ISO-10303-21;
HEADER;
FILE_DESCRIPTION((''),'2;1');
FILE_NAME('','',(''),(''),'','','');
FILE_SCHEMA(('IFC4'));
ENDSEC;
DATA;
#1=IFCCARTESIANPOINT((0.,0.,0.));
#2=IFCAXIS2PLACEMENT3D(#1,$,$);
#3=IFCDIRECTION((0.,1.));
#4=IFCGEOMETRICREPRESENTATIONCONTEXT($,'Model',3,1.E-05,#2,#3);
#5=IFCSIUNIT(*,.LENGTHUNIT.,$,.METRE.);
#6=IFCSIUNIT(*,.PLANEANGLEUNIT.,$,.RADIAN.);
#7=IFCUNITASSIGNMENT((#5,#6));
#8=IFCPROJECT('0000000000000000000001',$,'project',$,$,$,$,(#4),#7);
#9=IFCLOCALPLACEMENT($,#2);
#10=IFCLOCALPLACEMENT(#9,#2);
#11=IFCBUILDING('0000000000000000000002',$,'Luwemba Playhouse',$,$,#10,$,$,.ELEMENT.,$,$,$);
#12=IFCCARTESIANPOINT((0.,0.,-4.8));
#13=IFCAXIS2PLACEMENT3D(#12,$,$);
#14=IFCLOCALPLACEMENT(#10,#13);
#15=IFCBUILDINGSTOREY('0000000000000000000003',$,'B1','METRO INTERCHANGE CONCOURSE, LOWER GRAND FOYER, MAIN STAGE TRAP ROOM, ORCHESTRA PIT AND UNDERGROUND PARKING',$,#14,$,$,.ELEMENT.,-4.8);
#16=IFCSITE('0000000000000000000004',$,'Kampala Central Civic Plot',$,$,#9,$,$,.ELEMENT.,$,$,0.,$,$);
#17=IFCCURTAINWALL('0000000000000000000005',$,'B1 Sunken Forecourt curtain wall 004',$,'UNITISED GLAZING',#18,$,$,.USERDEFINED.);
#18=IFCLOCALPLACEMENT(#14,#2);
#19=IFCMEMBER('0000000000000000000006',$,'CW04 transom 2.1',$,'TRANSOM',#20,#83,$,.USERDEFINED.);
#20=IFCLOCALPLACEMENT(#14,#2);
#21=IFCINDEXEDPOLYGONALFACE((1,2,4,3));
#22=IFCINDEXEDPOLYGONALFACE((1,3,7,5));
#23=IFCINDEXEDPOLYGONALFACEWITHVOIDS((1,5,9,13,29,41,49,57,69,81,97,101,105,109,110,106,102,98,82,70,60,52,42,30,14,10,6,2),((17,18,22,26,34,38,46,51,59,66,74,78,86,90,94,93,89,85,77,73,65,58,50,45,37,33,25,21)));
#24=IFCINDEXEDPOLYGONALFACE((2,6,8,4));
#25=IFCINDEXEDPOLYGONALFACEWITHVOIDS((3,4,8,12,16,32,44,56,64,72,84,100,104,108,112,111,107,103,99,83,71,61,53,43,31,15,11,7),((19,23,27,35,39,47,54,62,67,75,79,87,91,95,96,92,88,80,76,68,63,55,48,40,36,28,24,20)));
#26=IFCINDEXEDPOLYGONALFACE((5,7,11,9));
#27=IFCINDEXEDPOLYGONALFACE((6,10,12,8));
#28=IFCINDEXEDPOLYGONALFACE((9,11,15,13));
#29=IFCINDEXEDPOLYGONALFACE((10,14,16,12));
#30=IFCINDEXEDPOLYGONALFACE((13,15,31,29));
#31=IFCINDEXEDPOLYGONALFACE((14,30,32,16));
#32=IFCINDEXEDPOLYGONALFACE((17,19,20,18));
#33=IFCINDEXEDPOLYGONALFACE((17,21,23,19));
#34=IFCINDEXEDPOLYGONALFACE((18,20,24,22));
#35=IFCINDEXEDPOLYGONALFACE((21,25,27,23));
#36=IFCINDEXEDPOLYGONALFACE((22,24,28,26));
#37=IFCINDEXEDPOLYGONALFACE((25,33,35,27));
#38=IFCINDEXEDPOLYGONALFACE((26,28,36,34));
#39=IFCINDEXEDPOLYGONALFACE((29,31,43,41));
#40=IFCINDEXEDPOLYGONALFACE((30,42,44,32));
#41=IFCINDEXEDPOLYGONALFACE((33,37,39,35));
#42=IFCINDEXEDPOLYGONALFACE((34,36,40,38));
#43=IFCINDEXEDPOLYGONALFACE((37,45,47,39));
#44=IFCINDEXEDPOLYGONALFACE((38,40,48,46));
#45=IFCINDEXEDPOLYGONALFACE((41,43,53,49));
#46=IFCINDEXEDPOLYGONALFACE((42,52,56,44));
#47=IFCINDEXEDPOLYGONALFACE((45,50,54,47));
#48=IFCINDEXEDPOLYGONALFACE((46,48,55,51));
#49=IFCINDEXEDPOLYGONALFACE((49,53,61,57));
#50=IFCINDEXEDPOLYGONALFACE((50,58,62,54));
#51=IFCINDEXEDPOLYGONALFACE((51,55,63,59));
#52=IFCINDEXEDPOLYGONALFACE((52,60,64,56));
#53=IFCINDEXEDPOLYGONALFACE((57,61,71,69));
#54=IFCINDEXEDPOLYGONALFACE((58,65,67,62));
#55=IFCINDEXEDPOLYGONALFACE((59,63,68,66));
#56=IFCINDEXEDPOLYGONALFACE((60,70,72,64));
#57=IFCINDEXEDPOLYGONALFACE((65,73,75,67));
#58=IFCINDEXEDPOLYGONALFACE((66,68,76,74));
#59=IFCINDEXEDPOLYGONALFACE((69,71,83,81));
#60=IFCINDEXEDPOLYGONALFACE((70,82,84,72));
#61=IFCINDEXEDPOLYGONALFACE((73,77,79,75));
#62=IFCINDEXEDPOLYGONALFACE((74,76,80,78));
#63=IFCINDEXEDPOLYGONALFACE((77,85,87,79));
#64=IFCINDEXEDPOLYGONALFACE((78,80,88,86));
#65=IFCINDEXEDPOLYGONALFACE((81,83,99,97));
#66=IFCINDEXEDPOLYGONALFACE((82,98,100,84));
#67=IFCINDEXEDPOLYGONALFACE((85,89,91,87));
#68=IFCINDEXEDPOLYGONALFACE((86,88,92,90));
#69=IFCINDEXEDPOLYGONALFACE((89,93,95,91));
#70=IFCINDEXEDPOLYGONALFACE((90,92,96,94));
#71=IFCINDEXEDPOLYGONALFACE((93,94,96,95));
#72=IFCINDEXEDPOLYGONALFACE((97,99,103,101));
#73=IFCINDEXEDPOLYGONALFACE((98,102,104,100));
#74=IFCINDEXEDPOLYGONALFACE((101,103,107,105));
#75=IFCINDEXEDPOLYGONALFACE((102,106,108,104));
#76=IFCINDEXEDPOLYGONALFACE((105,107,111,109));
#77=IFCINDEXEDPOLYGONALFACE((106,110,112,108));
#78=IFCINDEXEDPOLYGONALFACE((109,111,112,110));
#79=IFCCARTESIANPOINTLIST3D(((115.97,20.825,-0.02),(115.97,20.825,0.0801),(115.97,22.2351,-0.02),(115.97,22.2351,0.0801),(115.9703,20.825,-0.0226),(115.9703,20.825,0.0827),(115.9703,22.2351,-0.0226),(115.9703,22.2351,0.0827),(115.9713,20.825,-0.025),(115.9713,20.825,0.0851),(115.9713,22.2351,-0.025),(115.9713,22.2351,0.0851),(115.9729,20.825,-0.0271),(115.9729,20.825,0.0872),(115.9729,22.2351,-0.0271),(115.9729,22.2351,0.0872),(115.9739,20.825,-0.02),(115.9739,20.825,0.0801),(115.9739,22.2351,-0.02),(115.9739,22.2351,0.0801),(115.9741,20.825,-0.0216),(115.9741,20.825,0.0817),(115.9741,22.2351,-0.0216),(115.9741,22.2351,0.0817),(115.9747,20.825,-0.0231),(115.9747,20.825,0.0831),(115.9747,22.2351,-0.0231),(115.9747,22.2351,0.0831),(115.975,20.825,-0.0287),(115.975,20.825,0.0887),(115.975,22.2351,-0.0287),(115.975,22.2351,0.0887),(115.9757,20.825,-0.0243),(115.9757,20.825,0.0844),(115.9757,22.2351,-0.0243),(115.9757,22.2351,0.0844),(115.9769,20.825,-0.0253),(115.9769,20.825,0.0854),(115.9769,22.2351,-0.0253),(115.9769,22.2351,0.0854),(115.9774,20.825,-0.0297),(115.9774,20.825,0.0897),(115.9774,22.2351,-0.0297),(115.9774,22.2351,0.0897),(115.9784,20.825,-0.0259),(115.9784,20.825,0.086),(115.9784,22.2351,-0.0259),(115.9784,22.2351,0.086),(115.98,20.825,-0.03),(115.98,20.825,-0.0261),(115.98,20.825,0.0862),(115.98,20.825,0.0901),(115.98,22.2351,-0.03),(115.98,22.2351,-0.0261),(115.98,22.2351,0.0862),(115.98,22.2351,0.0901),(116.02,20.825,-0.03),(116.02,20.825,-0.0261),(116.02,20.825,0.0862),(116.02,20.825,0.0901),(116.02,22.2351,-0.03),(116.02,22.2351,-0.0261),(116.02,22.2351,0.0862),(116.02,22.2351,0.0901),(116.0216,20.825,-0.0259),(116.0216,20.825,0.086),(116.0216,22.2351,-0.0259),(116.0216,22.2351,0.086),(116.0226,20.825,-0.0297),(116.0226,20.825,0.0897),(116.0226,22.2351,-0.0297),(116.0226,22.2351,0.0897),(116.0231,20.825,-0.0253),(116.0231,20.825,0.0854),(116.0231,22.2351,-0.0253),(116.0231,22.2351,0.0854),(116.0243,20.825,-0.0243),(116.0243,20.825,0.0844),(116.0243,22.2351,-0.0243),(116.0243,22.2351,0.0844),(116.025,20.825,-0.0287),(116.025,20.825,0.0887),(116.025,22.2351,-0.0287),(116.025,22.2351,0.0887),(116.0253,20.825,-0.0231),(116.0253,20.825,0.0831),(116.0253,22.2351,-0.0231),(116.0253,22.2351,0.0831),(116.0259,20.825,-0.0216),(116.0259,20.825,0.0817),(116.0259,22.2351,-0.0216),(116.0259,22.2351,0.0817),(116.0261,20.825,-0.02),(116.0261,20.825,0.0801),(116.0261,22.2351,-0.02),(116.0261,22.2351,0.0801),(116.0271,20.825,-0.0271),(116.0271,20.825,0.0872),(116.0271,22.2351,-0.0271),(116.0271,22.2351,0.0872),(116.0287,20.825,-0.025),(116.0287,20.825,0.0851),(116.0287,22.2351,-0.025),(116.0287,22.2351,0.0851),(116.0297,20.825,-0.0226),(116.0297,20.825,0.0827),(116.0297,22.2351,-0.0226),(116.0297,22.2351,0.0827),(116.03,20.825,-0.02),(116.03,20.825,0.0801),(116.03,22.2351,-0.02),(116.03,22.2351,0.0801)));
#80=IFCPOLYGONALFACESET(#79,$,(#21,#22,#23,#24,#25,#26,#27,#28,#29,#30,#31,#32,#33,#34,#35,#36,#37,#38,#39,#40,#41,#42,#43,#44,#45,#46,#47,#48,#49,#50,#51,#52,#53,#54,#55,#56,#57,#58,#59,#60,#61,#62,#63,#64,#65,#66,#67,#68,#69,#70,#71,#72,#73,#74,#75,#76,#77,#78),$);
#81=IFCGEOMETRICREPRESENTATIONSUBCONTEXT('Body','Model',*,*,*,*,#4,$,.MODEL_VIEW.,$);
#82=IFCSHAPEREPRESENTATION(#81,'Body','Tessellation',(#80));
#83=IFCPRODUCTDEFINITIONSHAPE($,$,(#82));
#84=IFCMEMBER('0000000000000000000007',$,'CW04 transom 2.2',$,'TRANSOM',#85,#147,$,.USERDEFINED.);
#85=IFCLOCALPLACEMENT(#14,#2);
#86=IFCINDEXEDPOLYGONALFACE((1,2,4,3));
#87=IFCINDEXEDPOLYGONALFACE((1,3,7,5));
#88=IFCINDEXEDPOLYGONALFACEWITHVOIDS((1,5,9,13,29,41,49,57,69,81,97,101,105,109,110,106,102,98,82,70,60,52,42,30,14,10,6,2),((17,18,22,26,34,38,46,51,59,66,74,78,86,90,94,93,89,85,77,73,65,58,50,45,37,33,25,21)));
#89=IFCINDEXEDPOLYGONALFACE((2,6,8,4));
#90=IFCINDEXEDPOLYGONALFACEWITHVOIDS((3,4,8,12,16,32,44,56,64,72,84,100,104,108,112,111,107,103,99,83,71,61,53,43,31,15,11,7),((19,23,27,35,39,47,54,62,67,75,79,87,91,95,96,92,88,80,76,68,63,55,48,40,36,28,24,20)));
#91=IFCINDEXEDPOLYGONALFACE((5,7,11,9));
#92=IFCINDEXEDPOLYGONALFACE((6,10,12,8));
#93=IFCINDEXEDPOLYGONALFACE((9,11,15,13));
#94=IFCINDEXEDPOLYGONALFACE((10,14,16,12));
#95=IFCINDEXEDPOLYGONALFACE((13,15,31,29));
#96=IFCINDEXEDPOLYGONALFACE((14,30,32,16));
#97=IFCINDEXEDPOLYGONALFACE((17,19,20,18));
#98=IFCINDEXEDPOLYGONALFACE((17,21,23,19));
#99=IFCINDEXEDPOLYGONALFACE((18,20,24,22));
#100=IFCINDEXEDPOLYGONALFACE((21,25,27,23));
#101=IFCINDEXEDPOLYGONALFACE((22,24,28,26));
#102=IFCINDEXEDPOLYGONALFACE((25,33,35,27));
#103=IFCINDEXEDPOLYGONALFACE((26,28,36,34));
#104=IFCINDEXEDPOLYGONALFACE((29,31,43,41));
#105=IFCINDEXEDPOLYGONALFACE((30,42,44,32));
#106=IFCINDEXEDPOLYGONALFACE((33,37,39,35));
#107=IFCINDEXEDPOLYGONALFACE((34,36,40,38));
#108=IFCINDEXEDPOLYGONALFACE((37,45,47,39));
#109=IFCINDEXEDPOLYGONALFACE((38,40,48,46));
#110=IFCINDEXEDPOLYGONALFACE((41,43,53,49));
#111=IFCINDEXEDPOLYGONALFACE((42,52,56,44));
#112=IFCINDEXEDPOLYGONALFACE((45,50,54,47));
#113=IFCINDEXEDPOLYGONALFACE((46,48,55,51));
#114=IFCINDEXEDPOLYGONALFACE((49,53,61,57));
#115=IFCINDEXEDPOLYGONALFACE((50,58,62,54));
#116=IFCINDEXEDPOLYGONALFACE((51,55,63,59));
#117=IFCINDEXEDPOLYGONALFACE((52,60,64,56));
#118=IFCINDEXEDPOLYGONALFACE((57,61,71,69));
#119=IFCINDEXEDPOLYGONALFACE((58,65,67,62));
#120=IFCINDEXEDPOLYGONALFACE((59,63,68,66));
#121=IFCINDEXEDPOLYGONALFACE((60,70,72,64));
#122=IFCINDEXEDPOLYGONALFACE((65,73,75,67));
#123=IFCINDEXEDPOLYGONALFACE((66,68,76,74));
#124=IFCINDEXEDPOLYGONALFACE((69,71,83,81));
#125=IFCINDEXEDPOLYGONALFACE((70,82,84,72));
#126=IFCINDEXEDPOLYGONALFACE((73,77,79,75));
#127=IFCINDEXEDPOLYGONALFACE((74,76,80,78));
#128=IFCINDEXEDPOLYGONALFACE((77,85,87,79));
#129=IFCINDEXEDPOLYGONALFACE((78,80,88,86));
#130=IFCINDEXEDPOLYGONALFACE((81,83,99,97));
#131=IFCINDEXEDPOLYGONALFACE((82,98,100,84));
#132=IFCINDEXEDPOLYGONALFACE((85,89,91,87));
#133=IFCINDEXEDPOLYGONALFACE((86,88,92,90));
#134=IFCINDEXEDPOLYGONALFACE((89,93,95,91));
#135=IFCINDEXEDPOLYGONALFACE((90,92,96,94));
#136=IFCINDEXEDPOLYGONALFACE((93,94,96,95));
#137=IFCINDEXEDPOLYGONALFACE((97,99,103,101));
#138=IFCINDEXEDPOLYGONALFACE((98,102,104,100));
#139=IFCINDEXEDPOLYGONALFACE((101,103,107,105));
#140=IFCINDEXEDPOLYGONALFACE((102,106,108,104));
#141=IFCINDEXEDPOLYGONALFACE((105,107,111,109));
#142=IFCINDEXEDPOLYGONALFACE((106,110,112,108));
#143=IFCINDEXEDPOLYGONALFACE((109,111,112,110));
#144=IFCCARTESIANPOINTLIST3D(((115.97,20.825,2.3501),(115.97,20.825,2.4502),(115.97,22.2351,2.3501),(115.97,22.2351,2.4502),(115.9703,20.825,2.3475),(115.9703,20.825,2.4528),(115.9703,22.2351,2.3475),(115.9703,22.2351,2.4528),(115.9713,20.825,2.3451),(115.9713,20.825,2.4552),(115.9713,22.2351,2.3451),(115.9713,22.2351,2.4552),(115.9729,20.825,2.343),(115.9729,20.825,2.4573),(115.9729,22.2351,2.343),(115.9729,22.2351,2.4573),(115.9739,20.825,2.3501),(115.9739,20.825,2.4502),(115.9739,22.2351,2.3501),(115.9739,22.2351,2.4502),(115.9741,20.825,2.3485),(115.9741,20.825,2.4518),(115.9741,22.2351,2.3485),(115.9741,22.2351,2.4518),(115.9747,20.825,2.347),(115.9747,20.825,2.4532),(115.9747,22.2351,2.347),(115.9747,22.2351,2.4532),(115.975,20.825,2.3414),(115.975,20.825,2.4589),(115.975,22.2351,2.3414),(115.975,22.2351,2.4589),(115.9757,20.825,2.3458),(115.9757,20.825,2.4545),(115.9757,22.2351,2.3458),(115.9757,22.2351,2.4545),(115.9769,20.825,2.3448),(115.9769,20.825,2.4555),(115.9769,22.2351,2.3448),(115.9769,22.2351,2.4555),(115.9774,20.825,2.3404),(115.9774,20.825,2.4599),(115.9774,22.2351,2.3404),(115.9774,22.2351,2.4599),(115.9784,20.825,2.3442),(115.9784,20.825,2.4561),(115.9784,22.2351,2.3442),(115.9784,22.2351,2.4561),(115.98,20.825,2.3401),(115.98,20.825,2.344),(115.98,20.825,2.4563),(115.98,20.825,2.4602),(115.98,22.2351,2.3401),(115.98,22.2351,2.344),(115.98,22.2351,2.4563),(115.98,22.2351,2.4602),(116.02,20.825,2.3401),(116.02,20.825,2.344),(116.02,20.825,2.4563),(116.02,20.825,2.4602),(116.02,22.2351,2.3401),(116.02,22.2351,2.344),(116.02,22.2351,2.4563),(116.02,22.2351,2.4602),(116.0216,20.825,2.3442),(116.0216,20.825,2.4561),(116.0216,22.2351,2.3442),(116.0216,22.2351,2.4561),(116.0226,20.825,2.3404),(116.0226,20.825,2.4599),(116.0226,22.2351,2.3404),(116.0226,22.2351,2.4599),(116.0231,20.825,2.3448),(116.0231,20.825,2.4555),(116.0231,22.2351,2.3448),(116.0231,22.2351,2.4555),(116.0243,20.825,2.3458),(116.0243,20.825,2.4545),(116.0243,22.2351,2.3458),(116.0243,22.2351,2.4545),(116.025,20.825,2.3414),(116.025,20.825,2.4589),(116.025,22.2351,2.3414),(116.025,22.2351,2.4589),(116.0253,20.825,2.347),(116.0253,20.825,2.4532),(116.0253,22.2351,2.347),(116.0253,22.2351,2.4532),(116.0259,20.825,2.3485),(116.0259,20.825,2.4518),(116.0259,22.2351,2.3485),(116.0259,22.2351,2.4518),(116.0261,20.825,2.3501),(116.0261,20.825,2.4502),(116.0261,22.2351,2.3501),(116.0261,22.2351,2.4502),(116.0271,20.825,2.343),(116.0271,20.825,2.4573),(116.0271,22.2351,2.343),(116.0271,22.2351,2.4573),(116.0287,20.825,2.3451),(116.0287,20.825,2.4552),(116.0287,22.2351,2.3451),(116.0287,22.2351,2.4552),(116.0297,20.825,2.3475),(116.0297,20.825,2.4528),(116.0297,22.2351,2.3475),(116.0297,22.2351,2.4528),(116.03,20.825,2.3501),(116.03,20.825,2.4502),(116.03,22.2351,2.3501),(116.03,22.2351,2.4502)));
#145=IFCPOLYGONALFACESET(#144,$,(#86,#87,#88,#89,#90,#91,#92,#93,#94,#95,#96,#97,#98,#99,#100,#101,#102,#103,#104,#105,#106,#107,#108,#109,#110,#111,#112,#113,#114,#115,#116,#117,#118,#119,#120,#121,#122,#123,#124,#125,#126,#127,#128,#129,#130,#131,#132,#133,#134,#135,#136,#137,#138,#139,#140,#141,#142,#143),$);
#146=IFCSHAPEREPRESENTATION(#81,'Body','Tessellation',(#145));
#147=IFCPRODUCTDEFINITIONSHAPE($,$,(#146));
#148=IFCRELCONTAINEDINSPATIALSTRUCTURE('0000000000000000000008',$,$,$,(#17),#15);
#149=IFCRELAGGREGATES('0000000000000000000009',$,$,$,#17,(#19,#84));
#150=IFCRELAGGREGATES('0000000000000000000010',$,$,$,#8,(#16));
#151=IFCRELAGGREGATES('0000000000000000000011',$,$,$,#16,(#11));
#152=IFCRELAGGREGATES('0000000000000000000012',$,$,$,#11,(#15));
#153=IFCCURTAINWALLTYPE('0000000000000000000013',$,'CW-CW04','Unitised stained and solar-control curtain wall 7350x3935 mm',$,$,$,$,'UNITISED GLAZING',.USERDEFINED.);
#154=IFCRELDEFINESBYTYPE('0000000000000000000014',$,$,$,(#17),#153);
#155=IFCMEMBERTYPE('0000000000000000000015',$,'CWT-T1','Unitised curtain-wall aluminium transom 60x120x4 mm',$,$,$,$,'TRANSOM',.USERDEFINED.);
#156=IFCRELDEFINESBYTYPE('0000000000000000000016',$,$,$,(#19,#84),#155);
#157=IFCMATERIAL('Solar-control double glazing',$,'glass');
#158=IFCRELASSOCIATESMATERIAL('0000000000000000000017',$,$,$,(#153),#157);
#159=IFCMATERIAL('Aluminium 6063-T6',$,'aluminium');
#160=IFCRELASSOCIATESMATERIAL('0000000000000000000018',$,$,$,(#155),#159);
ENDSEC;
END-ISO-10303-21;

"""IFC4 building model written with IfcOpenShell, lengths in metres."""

from ifc_helpers import new_model, si_unit, direction, frame, origin, origin_2d, place, context, subcontext, project, spatial, hollow_rectangle, extrude, material, material_profile, profile_set, type_object, element, aggregate, save


model = new_model("IFC4")

# Units and contexts
model_context = context("Model", 3, precision=1e-05, world=origin(), true_north=direction((0.0, 1.0)))
body_context = subcontext(model_context, "Body", "Model", "MODEL_VIEW")
ifc_project = project(units=[si_unit("LENGTHUNIT", "METRE"), si_unit("PLANEANGLEUNIT", "RADIAN")], contexts=[model_context])

# Site, building, storey
site_placement = place(None, origin())
site = spatial("IfcSite", under=ifc_project, at=site_placement, Name="Kampala Central Civic Plot", CompositionType="ELEMENT", RefElevation=0.0)
building_placement = place(site_placement, origin())
building = spatial("IfcBuilding", under=site, at=building_placement, Name="Luwemba Playhouse", CompositionType="ELEMENT")
storey_placement = place(building_placement, frame((0.0, 0.0, -4.8)))
storey = spatial("IfcBuildingStorey", under=building, at=storey_placement, Name="B1", Description="METRO INTERCHANGE CONCOURSE, LOWER GRAND FOYER, MAIN STAGE TRAP ROOM, ORCHESTRA PIT AND UNDERGROUND PARKING", CompositionType="ELEMENT", Elevation=-4.8)

# Curtain wall, members
ifc_material_1 = material(Name="Solar-control double glazing", Category="glass")
curtain_wall_type = type_object("IfcCurtainWallType", Name="CW-CW04", Description="Unitised stained and solar-control curtain wall 7350x3935 mm", ElementType="UNITISED GLAZING", PredefinedType="USERDEFINED", material=ifc_material_1)
curtain_wall_placement = place(storey_placement, origin())
curtain_wall = element("IfcCurtainWall", 1, at=curtain_wall_placement, inside=storey, type_object=curtain_wall_type, Name="B1 Sunken Forecourt curtain wall 004", ObjectType="UNITISED GLAZING", PredefinedType="USERDEFINED")
ifc_material_2 = material(Name="Aluminium 6063-T6", Category="aluminium")
ifc_material_profile_1 = material_profile(ifc_material_2, hollow_rectangle(XDim=0.0601, YDim=0.1201, WallThickness=0.0039, InnerFilletRadius=0.0061, OuterFilletRadius=0.01, at=origin_2d()))
ifc_profile_set_1 = profile_set([ifc_material_profile_1], Name="Aluminium 6063-T6")
member_type_1 = type_object("IfcMemberType", Name="CWT-T1", Description="Unitised curtain-wall aluminium transom 60x120x4 mm", ElementType="TRANSOM", PredefinedType="USERDEFINED", material=ifc_profile_set_1)
member_1_placement = place(storey_placement, frame((116.0, 20.825, 0.03), z_axis=(0.0, 1.0, 0.0), x_axis=(-1.0, 0.0, 0.0)))
member_1 = element("IfcMember", 2, at=member_1_placement, type_object=member_type_1, Name="CW04 transom 2.1", ObjectType="TRANSOM", PredefinedType="USERDEFINED", context=body_context, shape_type="SweptSolid", body=[
    extrude(hollow_rectangle(XDim=0.0601, YDim=0.1201, WallThickness=0.0039, InnerFilletRadius=0.0061, OuterFilletRadius=0.01, at=origin_2d()), origin(), (0.0, 0.0, 1.0), 1.4102),
])
member_2_placement = place(storey_placement, frame((116.0, 20.825, 2.4001), z_axis=(0.0, 1.0, 0.0), x_axis=(-1.0, 0.0, 0.0)))
member_2 = element("IfcMember", 3, at=member_2_placement, type_object=member_type_1, Name="CW04 transom 2.2", ObjectType="TRANSOM", PredefinedType="USERDEFINED", context=body_context, shape_type="SweptSolid", body=[
    extrude(hollow_rectangle(XDim=0.0601, YDim=0.1201, WallThickness=0.0039, InnerFilletRadius=0.0061, OuterFilletRadius=0.01, at=origin_2d()), origin(), (0.0, 0.0, 1.0), 1.4102),
])
aggregate(curtain_wall, [member_1, member_2])

save(model, "model.ifc")
